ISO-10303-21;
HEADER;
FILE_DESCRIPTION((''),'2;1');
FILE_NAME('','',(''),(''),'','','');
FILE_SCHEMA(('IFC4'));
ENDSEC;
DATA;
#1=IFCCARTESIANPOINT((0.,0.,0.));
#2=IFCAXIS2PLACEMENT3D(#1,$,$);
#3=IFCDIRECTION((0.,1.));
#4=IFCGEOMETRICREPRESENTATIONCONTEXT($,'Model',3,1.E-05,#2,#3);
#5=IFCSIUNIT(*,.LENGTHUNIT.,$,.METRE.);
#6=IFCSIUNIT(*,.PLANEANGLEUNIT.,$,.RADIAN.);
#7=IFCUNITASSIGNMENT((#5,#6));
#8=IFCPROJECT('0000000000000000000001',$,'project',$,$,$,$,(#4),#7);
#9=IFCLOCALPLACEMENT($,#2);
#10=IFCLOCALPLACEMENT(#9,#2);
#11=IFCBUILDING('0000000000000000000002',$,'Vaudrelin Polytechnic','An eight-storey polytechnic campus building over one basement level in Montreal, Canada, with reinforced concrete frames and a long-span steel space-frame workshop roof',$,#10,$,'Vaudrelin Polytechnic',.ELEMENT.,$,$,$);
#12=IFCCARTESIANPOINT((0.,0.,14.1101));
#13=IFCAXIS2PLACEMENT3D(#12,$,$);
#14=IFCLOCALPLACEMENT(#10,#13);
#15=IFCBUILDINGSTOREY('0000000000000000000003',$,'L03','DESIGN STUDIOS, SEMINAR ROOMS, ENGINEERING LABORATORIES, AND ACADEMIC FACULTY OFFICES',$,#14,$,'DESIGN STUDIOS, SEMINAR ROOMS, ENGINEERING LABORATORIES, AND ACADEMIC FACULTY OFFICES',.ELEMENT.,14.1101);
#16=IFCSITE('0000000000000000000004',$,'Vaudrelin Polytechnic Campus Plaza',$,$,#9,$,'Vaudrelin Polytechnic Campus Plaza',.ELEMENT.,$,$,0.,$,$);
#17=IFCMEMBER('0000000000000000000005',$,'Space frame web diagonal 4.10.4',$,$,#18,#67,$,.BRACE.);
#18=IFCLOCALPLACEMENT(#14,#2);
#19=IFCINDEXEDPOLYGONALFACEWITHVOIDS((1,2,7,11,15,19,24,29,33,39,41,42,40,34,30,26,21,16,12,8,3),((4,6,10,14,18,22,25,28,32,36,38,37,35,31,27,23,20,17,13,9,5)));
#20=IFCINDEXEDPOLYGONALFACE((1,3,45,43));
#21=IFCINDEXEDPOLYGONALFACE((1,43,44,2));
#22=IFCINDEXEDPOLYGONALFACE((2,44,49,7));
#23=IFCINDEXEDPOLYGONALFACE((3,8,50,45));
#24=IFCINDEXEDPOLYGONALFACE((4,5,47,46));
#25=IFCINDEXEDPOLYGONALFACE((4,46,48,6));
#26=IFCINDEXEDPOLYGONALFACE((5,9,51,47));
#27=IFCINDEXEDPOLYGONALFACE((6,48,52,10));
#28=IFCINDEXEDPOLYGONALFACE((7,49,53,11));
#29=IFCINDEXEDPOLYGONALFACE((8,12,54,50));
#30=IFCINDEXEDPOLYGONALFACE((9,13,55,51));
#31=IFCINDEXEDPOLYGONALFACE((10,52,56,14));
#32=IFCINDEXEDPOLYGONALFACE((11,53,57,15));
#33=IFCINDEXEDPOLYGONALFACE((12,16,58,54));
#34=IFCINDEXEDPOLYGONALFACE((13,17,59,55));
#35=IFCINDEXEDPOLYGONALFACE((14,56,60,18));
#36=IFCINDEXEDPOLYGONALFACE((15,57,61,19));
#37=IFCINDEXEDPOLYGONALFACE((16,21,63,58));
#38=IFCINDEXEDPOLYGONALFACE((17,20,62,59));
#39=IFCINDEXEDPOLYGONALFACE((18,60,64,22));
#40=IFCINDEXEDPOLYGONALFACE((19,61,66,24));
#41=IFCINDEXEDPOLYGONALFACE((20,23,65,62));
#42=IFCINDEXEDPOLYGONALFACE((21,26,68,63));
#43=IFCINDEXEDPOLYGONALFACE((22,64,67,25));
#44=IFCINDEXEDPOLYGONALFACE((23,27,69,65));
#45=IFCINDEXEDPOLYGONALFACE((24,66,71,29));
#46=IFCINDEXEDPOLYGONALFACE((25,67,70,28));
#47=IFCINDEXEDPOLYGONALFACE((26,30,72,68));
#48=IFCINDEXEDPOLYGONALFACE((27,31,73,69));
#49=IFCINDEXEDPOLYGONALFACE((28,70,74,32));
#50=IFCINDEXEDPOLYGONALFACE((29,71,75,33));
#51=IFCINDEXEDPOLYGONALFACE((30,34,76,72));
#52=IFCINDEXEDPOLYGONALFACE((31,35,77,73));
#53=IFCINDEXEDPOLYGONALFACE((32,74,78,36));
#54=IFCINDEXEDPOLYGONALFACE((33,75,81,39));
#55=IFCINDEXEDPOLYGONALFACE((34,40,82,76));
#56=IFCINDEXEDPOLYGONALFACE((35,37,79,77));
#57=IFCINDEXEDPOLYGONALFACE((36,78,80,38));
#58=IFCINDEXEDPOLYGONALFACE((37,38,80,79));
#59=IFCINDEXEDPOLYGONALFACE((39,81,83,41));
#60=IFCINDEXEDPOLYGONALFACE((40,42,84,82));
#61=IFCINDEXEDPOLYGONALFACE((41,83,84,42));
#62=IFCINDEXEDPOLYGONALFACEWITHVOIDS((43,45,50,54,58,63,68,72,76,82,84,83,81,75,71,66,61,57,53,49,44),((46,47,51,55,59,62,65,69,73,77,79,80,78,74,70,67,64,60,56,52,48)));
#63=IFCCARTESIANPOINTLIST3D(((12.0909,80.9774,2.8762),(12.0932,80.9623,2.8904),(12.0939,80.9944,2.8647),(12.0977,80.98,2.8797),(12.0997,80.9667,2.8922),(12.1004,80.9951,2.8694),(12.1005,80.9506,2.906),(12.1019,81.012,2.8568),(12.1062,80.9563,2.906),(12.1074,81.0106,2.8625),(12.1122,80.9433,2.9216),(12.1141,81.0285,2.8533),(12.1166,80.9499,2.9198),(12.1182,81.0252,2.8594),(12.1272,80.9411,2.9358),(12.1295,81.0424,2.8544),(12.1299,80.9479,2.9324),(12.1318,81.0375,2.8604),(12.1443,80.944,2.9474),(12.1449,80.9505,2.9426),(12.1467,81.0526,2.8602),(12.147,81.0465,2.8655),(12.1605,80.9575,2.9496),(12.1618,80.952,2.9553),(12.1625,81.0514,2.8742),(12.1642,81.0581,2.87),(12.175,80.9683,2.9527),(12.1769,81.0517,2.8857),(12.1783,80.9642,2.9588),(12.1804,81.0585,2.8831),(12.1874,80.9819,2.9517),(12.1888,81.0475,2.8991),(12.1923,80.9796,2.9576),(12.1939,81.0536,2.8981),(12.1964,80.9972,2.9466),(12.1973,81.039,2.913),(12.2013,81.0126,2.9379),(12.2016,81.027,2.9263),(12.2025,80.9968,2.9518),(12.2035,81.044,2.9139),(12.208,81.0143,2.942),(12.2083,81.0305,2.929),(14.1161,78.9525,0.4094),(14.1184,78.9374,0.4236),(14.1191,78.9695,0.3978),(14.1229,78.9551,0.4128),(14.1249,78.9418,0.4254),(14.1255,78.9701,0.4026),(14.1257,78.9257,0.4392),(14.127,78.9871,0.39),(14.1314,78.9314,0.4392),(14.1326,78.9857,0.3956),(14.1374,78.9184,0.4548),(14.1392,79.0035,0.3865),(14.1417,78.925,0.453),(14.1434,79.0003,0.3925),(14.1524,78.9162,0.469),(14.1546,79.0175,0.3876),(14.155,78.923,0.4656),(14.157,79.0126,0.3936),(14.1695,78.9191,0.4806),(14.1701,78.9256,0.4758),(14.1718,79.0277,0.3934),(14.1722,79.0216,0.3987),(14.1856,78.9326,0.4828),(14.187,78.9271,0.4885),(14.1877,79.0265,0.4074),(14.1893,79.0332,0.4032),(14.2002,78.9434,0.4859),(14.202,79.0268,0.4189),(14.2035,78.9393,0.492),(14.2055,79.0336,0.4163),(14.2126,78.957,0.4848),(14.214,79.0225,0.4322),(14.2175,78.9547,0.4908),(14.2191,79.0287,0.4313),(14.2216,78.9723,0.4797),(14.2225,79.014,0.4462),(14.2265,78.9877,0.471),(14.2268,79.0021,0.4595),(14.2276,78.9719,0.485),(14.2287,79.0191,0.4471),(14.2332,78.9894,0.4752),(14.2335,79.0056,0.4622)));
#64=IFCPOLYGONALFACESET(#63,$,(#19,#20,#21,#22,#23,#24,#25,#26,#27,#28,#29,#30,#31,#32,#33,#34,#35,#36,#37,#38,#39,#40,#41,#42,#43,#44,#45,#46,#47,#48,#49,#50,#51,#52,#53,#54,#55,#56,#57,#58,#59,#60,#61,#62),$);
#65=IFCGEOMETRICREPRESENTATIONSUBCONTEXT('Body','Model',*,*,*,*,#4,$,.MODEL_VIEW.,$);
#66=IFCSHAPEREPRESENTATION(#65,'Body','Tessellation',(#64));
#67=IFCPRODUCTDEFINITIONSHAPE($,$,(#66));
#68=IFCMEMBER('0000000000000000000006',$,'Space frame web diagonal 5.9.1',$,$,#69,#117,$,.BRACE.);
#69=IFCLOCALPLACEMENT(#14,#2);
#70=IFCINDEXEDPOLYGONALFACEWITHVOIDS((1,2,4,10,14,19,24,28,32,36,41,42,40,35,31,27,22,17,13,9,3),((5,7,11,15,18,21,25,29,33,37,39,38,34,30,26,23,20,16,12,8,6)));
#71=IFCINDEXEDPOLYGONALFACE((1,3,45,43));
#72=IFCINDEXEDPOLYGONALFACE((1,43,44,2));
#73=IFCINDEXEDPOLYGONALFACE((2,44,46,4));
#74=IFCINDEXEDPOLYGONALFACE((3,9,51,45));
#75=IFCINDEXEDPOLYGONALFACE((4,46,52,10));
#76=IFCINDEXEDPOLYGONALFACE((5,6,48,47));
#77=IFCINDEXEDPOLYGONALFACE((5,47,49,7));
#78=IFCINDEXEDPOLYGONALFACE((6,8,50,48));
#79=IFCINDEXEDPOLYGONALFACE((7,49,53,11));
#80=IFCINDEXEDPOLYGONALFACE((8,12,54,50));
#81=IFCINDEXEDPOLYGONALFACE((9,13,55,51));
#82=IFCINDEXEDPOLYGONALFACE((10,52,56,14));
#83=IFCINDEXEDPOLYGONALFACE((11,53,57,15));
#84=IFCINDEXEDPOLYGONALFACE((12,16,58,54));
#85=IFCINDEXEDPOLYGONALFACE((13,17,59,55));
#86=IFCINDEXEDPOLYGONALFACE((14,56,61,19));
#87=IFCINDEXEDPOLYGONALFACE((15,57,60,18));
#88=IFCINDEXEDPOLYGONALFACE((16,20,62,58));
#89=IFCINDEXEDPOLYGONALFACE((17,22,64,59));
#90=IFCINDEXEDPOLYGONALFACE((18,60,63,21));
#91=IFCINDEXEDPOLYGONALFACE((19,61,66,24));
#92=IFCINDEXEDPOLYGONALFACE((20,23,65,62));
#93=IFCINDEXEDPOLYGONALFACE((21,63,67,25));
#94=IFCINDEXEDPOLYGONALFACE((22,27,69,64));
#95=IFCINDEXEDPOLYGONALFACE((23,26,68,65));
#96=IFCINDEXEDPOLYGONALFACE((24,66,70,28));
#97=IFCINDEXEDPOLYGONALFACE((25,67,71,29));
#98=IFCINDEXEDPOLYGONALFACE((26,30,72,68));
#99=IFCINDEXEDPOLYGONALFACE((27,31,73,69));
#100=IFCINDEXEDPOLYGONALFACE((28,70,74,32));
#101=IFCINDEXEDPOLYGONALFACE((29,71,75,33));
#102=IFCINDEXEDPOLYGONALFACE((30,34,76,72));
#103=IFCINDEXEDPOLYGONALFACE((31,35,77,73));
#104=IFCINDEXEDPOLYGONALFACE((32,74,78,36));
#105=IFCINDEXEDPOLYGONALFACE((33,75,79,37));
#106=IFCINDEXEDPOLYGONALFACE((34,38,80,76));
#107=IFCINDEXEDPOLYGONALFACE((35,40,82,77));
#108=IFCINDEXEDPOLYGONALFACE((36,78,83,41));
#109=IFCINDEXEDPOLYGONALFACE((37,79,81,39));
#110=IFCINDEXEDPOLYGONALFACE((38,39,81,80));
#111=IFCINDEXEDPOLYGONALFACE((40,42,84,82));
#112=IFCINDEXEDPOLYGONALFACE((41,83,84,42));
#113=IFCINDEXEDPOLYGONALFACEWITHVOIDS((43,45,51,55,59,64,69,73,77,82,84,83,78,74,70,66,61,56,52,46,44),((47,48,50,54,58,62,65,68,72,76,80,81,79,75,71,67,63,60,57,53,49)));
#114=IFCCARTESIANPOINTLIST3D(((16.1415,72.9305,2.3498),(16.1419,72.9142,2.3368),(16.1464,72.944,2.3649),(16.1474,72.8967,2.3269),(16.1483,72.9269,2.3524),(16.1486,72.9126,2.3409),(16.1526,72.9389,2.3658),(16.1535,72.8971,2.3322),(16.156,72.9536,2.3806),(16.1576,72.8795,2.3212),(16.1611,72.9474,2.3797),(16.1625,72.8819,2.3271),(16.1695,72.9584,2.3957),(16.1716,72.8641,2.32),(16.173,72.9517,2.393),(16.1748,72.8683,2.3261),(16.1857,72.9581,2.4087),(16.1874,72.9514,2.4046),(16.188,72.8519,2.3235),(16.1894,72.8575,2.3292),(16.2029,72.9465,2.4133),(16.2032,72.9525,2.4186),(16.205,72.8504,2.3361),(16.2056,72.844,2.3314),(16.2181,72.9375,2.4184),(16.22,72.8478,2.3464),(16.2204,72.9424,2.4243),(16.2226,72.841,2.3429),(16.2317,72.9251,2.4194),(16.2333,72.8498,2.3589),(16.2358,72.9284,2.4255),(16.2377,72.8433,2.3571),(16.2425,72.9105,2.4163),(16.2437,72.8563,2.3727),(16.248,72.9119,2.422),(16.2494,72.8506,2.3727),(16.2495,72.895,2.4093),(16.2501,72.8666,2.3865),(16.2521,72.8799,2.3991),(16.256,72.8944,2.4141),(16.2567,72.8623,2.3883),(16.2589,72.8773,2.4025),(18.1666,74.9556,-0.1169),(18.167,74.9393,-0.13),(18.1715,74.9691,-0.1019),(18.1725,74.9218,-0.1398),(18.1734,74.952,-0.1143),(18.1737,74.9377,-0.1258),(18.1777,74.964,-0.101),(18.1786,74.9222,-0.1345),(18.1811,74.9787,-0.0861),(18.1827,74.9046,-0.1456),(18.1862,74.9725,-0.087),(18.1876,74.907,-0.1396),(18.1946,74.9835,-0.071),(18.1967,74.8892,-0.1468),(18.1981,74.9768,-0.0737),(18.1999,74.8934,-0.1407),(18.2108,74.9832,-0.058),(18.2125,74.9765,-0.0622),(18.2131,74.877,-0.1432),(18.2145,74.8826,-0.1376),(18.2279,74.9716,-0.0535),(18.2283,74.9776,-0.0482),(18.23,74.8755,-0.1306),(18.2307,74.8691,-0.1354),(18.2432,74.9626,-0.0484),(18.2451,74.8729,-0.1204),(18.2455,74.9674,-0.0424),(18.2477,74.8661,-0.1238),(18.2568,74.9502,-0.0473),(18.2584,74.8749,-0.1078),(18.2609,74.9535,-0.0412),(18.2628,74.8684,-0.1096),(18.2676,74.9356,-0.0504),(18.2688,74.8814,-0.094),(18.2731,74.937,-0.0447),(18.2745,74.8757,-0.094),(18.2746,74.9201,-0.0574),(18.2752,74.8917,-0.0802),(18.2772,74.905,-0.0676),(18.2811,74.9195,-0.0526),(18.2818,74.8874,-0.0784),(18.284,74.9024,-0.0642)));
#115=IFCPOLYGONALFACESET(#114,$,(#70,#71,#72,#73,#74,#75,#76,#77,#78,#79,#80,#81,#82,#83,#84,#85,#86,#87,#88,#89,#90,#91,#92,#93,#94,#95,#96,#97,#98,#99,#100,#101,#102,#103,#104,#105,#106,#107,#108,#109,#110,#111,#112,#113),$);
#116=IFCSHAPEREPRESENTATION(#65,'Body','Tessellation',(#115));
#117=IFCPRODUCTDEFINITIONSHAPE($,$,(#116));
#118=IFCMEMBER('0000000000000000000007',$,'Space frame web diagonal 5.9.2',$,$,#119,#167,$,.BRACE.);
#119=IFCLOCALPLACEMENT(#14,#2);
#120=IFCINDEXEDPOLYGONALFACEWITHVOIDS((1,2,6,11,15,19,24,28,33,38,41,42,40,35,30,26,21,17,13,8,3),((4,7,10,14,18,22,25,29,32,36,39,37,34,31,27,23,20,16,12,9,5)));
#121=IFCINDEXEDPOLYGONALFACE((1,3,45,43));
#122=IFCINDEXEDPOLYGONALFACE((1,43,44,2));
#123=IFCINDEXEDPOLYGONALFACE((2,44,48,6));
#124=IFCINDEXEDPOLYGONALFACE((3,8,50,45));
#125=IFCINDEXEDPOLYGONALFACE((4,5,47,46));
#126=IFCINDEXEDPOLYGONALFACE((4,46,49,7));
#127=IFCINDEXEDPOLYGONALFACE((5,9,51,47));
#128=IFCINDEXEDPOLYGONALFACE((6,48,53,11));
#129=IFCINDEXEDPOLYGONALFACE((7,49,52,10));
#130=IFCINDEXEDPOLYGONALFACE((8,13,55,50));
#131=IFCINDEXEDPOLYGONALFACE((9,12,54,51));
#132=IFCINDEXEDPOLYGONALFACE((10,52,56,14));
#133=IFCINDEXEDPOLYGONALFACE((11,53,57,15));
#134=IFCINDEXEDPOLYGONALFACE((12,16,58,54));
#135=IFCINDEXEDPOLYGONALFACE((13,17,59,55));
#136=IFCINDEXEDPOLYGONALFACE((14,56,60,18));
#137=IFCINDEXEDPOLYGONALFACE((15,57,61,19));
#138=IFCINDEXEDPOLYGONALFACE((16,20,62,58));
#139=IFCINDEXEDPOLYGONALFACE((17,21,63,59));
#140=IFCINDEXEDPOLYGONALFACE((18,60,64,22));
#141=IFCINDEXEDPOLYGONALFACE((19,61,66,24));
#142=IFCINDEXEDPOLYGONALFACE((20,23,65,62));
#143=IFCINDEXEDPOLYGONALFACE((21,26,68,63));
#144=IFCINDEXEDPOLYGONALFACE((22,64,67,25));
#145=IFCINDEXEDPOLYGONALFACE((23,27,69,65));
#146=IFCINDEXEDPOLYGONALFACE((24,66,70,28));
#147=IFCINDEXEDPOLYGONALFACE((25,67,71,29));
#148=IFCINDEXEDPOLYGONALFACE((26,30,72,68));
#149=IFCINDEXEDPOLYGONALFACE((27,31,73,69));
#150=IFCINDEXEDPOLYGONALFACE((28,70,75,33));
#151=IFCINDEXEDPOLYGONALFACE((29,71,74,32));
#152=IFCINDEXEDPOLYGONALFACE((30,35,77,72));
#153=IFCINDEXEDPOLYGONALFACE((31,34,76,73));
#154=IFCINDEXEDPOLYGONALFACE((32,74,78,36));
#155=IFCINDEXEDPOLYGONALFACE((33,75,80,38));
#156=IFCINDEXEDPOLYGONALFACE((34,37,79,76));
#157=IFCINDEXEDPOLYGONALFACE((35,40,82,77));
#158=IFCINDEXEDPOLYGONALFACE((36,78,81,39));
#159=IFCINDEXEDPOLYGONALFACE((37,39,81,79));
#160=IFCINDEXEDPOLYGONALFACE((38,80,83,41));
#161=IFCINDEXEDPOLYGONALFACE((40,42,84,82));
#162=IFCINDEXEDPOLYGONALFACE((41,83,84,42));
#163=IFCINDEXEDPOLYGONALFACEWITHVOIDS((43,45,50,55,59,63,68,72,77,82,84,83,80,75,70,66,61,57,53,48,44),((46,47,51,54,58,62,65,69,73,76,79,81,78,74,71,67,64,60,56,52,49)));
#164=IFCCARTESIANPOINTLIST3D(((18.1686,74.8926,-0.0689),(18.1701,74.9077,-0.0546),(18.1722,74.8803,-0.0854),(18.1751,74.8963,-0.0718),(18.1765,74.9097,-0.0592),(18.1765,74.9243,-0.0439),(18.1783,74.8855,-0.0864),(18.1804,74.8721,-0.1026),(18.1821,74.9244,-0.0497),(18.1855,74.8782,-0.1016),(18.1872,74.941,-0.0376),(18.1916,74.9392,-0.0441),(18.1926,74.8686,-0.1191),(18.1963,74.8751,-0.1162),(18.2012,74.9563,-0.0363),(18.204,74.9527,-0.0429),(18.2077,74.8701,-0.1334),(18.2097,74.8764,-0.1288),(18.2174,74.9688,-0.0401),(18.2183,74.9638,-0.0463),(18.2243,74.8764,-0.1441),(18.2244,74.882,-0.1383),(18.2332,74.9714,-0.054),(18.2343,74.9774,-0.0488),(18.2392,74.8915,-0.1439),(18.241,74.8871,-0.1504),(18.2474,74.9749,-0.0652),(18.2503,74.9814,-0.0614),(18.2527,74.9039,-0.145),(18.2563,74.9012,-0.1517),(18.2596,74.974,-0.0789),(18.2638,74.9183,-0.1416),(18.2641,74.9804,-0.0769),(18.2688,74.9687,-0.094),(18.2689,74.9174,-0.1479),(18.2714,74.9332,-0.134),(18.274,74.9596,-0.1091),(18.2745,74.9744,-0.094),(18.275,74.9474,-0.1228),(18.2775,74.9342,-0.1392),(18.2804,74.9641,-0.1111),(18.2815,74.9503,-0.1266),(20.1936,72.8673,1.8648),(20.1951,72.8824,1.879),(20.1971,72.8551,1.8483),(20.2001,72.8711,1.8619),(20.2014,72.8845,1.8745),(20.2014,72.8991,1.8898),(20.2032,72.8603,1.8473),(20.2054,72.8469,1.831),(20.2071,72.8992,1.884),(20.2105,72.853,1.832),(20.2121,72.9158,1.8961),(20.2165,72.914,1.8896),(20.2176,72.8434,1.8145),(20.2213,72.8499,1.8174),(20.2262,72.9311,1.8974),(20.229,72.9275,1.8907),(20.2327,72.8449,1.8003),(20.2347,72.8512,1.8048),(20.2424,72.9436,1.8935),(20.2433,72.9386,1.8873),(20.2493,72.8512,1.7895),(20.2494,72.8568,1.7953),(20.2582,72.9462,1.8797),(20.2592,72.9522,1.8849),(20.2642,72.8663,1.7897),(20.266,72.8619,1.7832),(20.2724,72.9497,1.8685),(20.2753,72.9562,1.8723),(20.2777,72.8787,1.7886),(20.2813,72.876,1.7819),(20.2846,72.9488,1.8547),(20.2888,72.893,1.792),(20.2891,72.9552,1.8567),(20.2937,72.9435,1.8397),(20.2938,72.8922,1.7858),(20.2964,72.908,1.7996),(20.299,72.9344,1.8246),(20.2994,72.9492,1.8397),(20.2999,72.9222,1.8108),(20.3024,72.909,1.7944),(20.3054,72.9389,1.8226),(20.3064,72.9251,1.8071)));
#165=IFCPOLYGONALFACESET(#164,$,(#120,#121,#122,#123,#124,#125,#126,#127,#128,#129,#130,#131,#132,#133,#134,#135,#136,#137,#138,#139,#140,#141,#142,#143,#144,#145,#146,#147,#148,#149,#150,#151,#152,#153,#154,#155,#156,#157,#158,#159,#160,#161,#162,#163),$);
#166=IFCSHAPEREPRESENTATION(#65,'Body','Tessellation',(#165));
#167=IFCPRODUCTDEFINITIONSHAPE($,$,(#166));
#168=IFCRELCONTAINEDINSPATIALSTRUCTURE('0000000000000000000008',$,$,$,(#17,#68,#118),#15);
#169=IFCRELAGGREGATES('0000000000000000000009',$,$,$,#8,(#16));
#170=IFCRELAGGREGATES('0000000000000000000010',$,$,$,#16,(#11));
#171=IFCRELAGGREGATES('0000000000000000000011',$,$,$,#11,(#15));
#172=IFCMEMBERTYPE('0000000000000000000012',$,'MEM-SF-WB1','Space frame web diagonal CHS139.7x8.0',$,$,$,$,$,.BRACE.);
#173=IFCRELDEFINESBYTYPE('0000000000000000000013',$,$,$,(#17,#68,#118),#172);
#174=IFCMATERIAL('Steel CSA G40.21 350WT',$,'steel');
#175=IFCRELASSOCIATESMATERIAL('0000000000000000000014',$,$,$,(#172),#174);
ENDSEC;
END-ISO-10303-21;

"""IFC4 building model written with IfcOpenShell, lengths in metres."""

from ifc_helpers import new_model, si_unit, direction, frame, origin, origin_2d, place, context, subcontext, project, spatial, hollow_circle, extrude, material, material_profile, profile_set, type_object, element, save


model = new_model("IFC4")

# Units and contexts
model_context = context("Model", 3, precision=1e-05, world=origin(), true_north=direction((0.0, 1.0)))
body_context = subcontext(model_context, "Body", "Model", "MODEL_VIEW")
ifc_project = project(units=[si_unit("LENGTHUNIT", "METRE"), si_unit("PLANEANGLEUNIT", "RADIAN")], contexts=[model_context])

# Site, building, storey
site_placement = place(None, origin())
site = spatial("IfcSite", under=ifc_project, at=site_placement, Name="Vaudrelin Polytechnic Campus Plaza", LongName="Vaudrelin Polytechnic Campus Plaza", CompositionType="ELEMENT", RefElevation=0.0)
building_placement = place(site_placement, origin())
building = spatial("IfcBuilding", under=site, at=building_placement, Name="Vaudrelin Polytechnic", Description="An eight-storey polytechnic campus building over one basement level in Montreal, Canada, with reinforced concrete frames and a long-span steel space-frame workshop roof", LongName="Vaudrelin Polytechnic", CompositionType="ELEMENT")
storey_placement = place(building_placement, frame((0.0, 0.0, 14.1101)))
storey = spatial("IfcBuildingStorey", under=building, at=storey_placement, Name="L03", Description="DESIGN STUDIOS, SEMINAR ROOMS, ENGINEERING LABORATORIES, AND ACADEMIC FACULTY OFFICES", LongName="DESIGN STUDIOS, SEMINAR ROOMS, ENGINEERING LABORATORIES, AND ACADEMIC FACULTY OFFICES", CompositionType="ELEMENT", Elevation=14.1101)

# Members
ifc_material = material(Name="Steel CSA G40.21 350WT", Category="steel")
ifc_material_profile_1 = material_profile(ifc_material, hollow_circle(Radius=0.0698, WallThickness=0.0081, at=origin_2d()), Name="CHS139.7x8.0")
ifc_profile_set_1 = profile_set([ifc_material_profile_1], Name="Steel CSA G40.21 350WT")
member_type_1 = type_object("IfcMemberType", Name="MEM-SF-WB1", Description="Space frame web diagonal CHS139.7x8.0", PredefinedType="BRACE", material=ifc_profile_set_1)
for number, where, z_axis, x_axis, name in (
    (1, (14.175, 78.9751, 0.4392), (-0.535788, 0.535723, 0.652634), (-0.707064, -0.707149, 0.0), "Space frame web diagonal 4.10.4"),
    (2, (18.2251, 74.925, -0.094), (-0.535769, -0.535769, 0.652612), (0.707107, -0.707107, 0.0), "Space frame web diagonal 5.9.1"),
):
    element("IfcMember", number, at=place(storey_placement, frame(where, z_axis=z_axis, x_axis=x_axis)), inside=storey, type_object=member_type_1, Name=name, PredefinedType="BRACE", context=body_context, shape_type="SweptSolid", body=[
        extrude(hollow_circle(Radius=0.0698, WallThickness=0.0081, at=origin_2d()), origin(), (0.0, 0.0, 1.0), 3.7798),
    ])
member_1_placement = place(storey_placement, frame((18.2251, 74.925, -0.094), z_axis=(0.586, -0.586071, 0.559576), x_axis=(0.707149, 0.707064, 0.0)))
element("IfcMember", 3, at=member_1_placement, inside=storey, type_object=member_type_1, Name="Space frame web diagonal 5.9.2", PredefinedType="BRACE", context=body_context, shape_type="SweptSolid", body=[
    extrude(hollow_circle(Radius=0.0698, WallThickness=0.0081, at=origin_2d()), origin(), (0.0, 0.0, 1.0), 3.4556),
])

save(model, "model.ifc")
